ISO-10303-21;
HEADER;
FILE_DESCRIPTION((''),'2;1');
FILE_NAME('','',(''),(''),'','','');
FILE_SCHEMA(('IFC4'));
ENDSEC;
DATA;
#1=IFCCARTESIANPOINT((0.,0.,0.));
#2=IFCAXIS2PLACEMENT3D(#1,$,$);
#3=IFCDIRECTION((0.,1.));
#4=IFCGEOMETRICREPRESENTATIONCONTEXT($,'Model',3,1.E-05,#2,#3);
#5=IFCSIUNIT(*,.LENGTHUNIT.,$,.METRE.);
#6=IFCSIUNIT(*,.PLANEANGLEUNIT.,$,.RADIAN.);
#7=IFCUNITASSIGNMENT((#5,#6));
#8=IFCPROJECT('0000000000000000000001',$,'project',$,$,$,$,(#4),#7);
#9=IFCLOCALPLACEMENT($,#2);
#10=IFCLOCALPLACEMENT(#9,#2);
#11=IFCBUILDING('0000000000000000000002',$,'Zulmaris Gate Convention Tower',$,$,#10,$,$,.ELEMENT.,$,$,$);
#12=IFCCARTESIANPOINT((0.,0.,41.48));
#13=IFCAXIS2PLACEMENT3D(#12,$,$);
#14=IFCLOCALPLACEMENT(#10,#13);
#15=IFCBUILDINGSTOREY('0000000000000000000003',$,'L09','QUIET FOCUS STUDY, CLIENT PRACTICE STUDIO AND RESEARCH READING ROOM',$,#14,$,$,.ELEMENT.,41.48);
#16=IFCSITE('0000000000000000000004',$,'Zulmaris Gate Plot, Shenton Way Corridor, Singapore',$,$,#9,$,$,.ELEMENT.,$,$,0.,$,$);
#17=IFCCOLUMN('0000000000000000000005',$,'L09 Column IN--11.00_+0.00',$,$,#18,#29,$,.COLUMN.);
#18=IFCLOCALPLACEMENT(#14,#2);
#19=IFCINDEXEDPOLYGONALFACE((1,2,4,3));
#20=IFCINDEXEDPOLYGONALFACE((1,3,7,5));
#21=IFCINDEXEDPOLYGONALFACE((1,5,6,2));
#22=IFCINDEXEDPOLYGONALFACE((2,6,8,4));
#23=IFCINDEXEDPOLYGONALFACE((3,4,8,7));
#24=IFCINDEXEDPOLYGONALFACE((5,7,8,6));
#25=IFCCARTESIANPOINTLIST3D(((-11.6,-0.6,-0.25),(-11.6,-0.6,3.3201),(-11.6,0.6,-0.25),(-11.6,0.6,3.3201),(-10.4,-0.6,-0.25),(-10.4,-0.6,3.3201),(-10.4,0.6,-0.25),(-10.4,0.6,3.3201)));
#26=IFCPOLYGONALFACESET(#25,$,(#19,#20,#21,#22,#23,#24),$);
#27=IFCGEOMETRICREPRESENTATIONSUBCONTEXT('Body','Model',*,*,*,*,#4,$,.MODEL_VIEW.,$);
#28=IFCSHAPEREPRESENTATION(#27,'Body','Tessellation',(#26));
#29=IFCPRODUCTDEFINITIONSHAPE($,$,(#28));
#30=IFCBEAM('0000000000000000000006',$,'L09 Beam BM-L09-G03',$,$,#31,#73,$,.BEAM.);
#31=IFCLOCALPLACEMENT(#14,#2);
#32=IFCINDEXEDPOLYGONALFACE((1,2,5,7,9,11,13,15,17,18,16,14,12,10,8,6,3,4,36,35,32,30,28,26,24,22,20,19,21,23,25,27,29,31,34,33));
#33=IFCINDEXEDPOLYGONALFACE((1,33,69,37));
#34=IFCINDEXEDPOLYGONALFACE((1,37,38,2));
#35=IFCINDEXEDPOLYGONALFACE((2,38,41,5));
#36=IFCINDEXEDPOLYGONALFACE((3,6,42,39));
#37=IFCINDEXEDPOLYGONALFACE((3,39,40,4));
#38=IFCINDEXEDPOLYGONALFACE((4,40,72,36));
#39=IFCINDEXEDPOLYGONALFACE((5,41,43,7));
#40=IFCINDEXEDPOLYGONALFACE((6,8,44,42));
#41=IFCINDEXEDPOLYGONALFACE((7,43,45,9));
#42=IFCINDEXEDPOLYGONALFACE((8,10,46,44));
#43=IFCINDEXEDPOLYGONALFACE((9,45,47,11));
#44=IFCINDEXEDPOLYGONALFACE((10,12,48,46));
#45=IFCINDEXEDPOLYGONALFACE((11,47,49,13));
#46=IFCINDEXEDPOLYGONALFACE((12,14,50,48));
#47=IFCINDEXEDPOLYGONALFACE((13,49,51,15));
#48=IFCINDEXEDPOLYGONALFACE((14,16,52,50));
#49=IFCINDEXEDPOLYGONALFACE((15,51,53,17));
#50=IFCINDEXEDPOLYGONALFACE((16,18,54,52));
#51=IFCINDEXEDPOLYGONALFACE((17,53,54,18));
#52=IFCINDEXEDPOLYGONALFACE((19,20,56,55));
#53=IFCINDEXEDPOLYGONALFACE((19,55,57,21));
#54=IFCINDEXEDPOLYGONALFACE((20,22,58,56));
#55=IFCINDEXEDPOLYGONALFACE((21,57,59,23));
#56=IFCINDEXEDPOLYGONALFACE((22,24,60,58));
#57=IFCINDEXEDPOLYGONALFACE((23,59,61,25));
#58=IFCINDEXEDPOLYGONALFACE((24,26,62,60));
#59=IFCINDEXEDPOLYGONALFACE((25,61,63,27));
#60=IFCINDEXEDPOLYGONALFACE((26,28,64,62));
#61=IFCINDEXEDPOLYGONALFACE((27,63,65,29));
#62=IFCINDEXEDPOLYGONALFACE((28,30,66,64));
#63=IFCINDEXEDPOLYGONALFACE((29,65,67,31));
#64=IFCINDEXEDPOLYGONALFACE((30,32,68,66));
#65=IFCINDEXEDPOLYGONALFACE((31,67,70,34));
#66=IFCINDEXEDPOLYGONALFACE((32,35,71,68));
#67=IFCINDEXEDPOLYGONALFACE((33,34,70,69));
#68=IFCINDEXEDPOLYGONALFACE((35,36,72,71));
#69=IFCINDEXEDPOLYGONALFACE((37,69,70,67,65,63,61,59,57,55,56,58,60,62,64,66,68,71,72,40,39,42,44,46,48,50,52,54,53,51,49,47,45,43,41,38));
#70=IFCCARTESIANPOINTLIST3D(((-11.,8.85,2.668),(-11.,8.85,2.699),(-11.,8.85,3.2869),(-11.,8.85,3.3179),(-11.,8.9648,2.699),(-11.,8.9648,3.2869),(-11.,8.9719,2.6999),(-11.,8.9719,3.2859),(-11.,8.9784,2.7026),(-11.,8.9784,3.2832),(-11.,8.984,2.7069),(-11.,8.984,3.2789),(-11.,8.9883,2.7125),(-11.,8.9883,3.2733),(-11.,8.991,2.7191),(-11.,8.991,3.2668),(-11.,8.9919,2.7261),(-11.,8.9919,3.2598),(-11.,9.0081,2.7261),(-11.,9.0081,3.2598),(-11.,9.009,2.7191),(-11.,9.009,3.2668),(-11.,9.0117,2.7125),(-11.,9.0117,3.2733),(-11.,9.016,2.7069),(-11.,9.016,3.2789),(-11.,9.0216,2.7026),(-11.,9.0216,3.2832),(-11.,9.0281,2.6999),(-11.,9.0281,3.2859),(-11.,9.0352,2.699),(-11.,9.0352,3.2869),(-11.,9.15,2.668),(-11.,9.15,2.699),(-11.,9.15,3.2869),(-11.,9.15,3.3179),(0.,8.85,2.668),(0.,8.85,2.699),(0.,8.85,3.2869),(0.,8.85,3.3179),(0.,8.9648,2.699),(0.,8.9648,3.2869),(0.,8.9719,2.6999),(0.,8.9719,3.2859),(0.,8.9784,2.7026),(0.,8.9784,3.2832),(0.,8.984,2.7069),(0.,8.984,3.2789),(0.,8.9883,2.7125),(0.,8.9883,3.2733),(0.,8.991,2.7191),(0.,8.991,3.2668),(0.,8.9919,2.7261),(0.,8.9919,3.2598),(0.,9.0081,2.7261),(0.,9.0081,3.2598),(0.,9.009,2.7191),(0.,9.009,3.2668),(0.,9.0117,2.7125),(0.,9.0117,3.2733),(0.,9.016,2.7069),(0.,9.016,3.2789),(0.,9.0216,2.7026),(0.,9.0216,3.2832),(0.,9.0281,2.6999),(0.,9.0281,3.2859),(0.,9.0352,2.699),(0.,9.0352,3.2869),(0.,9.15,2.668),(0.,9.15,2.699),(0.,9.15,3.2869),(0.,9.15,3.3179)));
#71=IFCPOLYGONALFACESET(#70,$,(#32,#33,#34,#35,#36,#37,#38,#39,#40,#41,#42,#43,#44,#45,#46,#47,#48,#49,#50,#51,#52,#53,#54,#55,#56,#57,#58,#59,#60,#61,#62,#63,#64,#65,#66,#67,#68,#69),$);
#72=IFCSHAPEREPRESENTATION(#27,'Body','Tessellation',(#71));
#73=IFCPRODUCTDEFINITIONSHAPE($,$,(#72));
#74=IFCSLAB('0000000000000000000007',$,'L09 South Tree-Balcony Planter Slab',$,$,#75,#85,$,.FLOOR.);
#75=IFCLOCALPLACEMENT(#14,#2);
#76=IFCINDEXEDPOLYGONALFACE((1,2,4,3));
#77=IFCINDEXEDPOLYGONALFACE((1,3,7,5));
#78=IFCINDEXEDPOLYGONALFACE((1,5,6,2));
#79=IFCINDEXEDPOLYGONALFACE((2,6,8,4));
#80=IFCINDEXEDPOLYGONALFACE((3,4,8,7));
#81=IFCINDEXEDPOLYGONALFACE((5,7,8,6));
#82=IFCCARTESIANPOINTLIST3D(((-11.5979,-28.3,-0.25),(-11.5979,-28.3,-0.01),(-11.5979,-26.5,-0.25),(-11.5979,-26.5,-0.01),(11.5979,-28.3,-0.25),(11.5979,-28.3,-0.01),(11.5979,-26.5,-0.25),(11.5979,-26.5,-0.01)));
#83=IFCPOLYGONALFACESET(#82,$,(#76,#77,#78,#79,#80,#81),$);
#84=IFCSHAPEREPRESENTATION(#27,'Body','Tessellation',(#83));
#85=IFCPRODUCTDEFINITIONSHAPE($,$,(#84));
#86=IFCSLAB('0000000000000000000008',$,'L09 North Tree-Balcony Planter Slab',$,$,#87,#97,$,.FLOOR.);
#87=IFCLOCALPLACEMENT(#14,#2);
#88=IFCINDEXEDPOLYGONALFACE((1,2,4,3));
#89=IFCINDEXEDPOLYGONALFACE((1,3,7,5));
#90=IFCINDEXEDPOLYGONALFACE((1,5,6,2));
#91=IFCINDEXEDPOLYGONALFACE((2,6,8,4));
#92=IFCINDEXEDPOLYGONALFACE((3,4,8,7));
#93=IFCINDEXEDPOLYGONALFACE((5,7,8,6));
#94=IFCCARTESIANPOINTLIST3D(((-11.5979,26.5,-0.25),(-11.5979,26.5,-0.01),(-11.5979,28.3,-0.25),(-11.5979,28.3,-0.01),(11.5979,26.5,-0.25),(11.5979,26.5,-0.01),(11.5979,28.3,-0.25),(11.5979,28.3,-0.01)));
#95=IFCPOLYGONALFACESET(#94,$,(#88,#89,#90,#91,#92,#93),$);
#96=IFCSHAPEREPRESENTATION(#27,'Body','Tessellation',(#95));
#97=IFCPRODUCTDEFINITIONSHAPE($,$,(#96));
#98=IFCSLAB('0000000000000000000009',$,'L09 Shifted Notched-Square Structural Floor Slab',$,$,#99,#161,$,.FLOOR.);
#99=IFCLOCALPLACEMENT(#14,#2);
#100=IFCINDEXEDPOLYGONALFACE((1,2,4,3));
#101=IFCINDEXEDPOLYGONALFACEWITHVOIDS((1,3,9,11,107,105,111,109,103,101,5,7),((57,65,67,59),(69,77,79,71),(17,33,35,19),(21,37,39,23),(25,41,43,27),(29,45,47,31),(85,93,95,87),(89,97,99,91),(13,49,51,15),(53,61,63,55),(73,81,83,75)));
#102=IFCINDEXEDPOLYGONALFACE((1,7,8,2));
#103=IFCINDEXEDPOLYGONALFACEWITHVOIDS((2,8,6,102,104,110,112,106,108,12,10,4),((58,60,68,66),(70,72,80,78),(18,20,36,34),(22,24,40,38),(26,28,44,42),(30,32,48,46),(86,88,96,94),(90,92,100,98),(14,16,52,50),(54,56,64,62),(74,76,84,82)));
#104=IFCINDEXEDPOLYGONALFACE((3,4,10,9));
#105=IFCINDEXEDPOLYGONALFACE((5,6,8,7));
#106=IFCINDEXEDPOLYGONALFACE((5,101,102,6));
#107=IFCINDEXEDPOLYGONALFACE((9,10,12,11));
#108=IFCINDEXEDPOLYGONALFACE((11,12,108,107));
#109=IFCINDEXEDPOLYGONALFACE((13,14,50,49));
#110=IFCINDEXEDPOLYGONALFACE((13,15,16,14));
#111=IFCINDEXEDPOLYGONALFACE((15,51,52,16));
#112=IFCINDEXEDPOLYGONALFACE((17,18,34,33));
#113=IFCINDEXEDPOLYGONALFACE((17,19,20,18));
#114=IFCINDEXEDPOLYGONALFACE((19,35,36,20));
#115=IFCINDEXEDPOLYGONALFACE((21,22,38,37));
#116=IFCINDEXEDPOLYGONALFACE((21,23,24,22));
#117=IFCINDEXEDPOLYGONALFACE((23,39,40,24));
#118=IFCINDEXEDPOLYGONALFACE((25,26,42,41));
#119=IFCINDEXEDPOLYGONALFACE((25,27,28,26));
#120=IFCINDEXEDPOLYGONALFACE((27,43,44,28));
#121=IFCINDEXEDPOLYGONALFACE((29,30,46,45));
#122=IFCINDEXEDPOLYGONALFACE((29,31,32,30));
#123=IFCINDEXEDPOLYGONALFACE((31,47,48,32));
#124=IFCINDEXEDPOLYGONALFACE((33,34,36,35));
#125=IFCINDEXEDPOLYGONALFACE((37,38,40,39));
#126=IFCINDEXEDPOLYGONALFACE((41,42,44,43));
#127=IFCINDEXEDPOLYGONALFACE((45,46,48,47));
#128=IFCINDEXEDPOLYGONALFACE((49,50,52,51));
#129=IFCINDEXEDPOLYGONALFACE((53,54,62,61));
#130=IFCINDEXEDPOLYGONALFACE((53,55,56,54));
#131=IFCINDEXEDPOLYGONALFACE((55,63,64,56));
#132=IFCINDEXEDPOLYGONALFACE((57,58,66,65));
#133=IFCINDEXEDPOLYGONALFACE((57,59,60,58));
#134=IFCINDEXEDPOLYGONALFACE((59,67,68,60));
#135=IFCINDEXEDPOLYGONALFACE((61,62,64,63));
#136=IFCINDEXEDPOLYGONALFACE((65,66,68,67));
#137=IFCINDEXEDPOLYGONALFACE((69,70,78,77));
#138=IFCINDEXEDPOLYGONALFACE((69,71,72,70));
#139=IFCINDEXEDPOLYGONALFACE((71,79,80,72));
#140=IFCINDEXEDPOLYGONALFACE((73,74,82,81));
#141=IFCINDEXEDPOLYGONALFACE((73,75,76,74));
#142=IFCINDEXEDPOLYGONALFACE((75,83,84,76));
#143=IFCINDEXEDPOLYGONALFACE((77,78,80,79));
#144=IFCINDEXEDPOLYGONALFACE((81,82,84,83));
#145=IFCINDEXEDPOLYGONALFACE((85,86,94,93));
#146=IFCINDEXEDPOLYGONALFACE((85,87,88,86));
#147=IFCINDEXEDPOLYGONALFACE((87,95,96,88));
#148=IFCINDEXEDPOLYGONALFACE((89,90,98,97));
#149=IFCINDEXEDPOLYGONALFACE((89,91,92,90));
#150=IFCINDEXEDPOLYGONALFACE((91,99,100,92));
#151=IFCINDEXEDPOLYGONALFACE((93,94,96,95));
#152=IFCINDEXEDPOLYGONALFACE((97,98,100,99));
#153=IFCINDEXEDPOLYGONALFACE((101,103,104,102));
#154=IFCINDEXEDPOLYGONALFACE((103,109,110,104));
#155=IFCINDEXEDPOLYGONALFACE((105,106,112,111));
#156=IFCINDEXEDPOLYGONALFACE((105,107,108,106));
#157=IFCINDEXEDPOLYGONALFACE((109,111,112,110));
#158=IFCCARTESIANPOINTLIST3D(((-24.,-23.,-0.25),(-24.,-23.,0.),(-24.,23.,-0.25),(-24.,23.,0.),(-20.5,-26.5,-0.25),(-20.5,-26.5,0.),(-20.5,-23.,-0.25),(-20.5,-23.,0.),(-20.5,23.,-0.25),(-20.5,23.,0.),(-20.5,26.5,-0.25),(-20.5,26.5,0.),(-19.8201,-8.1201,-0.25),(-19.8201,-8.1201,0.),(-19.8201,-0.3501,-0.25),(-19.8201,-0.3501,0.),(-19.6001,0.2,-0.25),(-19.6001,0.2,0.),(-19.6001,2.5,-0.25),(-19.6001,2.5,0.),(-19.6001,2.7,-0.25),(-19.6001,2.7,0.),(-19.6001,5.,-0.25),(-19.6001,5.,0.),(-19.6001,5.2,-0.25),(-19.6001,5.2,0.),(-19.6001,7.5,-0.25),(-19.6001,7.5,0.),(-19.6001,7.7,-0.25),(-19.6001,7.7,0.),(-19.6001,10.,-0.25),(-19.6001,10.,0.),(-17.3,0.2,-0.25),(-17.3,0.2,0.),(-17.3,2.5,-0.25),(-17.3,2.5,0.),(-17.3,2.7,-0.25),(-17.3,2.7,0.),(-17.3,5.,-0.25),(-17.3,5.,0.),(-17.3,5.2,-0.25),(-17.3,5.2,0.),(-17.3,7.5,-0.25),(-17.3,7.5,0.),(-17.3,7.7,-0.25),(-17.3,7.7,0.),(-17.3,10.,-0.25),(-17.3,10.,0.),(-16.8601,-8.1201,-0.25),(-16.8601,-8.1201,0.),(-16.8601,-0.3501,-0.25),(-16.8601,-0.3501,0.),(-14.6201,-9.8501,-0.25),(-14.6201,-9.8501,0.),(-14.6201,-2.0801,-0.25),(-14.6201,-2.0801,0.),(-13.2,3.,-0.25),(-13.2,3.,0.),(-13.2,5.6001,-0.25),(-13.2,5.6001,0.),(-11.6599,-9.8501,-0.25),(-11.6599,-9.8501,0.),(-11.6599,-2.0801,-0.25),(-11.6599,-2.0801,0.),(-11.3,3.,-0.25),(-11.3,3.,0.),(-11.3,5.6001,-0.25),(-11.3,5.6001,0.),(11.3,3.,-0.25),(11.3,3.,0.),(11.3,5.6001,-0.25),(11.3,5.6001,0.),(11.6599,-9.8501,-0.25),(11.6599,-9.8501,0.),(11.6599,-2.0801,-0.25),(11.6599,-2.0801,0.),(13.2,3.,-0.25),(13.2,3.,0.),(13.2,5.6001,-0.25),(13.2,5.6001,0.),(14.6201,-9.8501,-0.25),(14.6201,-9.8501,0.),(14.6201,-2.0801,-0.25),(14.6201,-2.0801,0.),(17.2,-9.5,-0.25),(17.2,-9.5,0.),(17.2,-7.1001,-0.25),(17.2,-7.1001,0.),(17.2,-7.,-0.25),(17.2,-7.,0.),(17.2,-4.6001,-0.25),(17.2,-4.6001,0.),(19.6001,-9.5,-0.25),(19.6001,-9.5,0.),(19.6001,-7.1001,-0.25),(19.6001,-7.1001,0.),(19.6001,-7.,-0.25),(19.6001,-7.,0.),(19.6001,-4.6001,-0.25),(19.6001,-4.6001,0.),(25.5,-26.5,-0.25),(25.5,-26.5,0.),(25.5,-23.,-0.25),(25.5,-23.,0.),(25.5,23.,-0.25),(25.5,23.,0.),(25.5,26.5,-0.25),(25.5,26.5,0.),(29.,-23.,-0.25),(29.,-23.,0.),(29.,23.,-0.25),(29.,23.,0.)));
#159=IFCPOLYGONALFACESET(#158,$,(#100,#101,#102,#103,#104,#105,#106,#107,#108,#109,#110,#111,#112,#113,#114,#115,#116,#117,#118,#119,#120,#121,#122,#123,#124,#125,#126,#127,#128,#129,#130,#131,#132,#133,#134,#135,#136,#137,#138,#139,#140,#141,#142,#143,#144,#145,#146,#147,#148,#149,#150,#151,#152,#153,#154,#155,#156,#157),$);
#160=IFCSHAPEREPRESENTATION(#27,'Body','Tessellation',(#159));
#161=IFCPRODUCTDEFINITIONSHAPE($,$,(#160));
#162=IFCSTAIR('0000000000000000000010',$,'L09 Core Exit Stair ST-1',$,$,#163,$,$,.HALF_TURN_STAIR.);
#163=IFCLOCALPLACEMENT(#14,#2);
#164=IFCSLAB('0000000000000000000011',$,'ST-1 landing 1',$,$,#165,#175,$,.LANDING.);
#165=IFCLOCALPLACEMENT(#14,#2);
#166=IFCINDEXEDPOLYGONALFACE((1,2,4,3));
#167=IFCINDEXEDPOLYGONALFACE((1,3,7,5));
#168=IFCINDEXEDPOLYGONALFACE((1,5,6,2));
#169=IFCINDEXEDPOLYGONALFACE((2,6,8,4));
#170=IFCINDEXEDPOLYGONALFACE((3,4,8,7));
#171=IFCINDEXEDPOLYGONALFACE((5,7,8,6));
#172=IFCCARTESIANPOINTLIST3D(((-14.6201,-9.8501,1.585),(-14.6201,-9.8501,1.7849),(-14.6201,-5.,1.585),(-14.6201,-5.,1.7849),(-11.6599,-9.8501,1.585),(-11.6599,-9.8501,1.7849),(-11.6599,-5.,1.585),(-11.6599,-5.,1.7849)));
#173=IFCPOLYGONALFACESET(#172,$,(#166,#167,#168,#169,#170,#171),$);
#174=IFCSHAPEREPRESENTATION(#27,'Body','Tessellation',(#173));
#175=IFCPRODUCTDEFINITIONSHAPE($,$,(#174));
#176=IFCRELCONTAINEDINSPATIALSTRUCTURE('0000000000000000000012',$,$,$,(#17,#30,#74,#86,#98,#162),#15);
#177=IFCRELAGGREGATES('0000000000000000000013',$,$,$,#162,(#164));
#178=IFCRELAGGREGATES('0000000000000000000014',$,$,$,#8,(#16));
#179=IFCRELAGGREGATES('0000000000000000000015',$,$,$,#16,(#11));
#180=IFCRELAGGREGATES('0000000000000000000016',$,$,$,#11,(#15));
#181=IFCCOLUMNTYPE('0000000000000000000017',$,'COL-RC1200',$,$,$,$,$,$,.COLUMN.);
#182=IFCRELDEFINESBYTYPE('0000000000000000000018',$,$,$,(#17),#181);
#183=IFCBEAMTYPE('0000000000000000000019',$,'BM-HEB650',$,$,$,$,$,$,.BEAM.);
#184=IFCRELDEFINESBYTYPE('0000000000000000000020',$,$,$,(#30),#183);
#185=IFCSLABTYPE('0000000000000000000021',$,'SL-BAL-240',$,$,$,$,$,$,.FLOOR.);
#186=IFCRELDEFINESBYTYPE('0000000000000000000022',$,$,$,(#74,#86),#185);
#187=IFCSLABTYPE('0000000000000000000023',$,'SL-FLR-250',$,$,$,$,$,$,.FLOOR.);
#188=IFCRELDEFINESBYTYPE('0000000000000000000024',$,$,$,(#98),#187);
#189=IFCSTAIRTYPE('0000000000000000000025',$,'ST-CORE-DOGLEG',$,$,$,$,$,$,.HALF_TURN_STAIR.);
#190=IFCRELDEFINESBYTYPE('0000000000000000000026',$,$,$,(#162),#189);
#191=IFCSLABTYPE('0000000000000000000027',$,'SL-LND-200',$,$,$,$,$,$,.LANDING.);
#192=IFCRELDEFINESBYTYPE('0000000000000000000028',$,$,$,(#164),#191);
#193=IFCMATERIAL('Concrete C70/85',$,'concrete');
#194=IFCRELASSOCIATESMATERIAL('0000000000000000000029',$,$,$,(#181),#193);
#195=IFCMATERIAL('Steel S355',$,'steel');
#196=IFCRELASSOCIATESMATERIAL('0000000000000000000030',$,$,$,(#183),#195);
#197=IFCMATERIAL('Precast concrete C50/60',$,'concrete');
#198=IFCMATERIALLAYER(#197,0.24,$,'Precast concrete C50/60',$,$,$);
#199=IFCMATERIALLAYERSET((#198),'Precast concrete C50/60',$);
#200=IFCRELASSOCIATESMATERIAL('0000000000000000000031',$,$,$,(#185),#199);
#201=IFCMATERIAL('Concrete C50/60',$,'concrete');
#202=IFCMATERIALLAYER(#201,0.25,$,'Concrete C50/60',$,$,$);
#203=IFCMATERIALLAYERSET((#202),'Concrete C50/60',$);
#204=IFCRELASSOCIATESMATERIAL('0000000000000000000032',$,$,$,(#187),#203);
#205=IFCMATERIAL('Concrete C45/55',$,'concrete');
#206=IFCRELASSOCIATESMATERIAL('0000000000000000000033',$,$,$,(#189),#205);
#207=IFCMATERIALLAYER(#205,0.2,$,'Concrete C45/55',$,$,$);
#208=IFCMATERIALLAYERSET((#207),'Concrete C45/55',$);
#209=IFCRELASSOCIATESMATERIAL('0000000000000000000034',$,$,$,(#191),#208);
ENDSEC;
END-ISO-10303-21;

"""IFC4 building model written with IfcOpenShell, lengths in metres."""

from ifc_helpers import new_model, si_unit, direction, frame, origin, origin_2d, place, context, subcontext, project, spatial, polyline, rectangle, i_section, outline, extrude, material, layer, layer_set, material_profile, profile_set, type_object, element, aggregate, save


model = new_model("IFC4")

# Units and contexts
model_context = context("Model", 3, precision=1e-05, world=origin(), true_north=direction((0.0, 1.0)))
body_context = subcontext(model_context, "Body", "Model", "MODEL_VIEW")
ifc_project = project(units=[si_unit("LENGTHUNIT", "METRE"), si_unit("PLANEANGLEUNIT", "RADIAN")], contexts=[model_context])

# Site, building, storey
site_placement = place(None, origin())
site = spatial("IfcSite", under=ifc_project, at=site_placement, Name="Zulmaris Gate Plot, Shenton Way Corridor, Singapore", CompositionType="ELEMENT", RefElevation=0.0)
building_placement = place(site_placement, origin())
building = spatial("IfcBuilding", under=site, at=building_placement, Name="Zulmaris Gate Convention Tower", CompositionType="ELEMENT")
storey_placement = place(building_placement, frame((0.0, 0.0, 41.48)))
storey = spatial("IfcBuildingStorey", under=building, at=storey_placement, Name="L09", Description="QUIET FOCUS STUDY, CLIENT PRACTICE STUDIO AND RESEARCH READING ROOM", CompositionType="ELEMENT", Elevation=41.48)

# Column
ifc_material_1 = material(Name="Concrete C70/85", Category="concrete")
ifc_material_profile_1 = material_profile(ifc_material_1, rectangle(XDim=1.2, YDim=1.2, at=origin_2d()), Name="RC COL 1200x1200")
ifc_profile_set_1 = profile_set([ifc_material_profile_1], Name="Concrete C70/85")
column_type = type_object("IfcColumnType", Name="COL-RC1200", PredefinedType="COLUMN", material=ifc_profile_set_1)
column_placement = place(storey_placement, frame((-11.0, 0.0, -0.25), z_axis=(0.0, 0.0, 1.0), x_axis=(1.0, 0.0, 0.0)))
element("IfcColumn", 1, at=column_placement, inside=storey, type_object=column_type, Name="L09 Column IN--11.00_+0.00", PredefinedType="COLUMN", context=body_context, shape_type="SweptSolid", body=[
    extrude(rectangle(XDim=1.2, YDim=1.2, at=origin_2d()), origin(), (0.0, 0.0, 1.0), 3.5701),
])

# Beam
ifc_material_2 = material(Name="Steel S355", Category="steel")
ifc_material_profile_2 = material_profile(ifc_material_2, i_section(OverallWidth=0.3, OverallDepth=0.6499, WebThickness=0.0161, FlangeThickness=0.031, FilletRadius=0.0271, at=origin_2d()), Name="HEB 650")
ifc_profile_set_2 = profile_set([ifc_material_profile_2], Name="Steel S355")
beam_type = type_object("IfcBeamType", Name="BM-HEB650", PredefinedType="BEAM", material=ifc_profile_set_2)
beam_placement = place(storey_placement, frame((-11.0, 9.0, 2.9929), z_axis=(1.0, 0.0, 0.0), x_axis=(0.0, 1.0, 0.0)))
element("IfcBeam", 2, at=beam_placement, inside=storey, type_object=beam_type, Name="L09 Beam BM-L09-G03", PredefinedType="BEAM", context=body_context, shape_type="SweptSolid", body=[
    extrude(i_section(OverallWidth=0.3, OverallDepth=0.6499, WebThickness=0.0161, FlangeThickness=0.031, FilletRadius=0.0271, at=origin_2d()), origin(), (0.0, 0.0, 1.0), 11.0),
])

# Slabs
ifc_material_3 = material(Name="Precast concrete C50/60", Category="concrete")
ifc_layer_1 = layer(ifc_material_3, 0.24, Name="Precast concrete C50/60")
ifc_layer_set_1 = layer_set([ifc_layer_1], Name="Precast concrete C50/60")
slab_type_1 = type_object("IfcSlabType", Name="SL-BAL-240", PredefinedType="FLOOR", material=ifc_layer_set_1)
slab_1_placement = place(storey_placement, frame((0.0, 0.0, -0.25)))
element("IfcSlab", 3, at=slab_1_placement, inside=storey, type_object=slab_type_1, Name="L09 South Tree-Balcony Planter Slab", PredefinedType="FLOOR", context=body_context, shape_type="SweptSolid", body=[
    extrude(outline(polyline([(-11.5979, -28.3), (-11.5979, -26.5), (11.5979, -26.5), (11.5979, -28.3), (-11.5979, -28.3)])), origin(), (0.0, 0.0, 1.0), 0.24),
])
slab_2_placement = place(storey_placement, frame((0.0, 0.0, -0.25)))
element("IfcSlab", 4, at=slab_2_placement, inside=storey, type_object=slab_type_1, Name="L09 North Tree-Balcony Planter Slab", PredefinedType="FLOOR", context=body_context, shape_type="SweptSolid", body=[
    extrude(outline(polyline([(11.5979, 28.3), (11.5979, 26.5), (-11.5979, 26.5), (-11.5979, 28.3), (11.5979, 28.3)])), origin(), (0.0, 0.0, 1.0), 0.24),
])
ifc_material_4 = material(Name="Concrete C50/60", Category="concrete")
ifc_layer_2 = layer(ifc_material_4, 0.25, Name="Concrete C50/60")
ifc_layer_set_2 = layer_set([ifc_layer_2], Name="Concrete C50/60")
slab_type_2 = type_object("IfcSlabType", Name="SL-FLR-250", PredefinedType="FLOOR", material=ifc_layer_set_2)
slab_3_placement = place(storey_placement, frame((0.0, 0.0, -0.25)))
element("IfcSlab", 5, at=slab_3_placement, inside=storey, type_object=slab_type_2, Name="L09 Shifted Notched-Square Structural Floor Slab", PredefinedType="FLOOR", context=body_context, shape_type="SweptSolid", body=[
    extrude(outline(polyline([(-20.5, -26.5), (25.5, -26.5), (25.5, -23.0), (29.0, -23.0), (29.0, 23.0), (25.5, 23.0), (25.5, 26.5), (-20.5, 26.5), (-20.5, 23.0), (-24.0, 23.0), (-24.0, -23.0), (-20.5, -23.0), (-20.5, -26.5)]), holes=[polyline([(-14.6201, -2.0801), (-14.6201, -9.8501), (-11.6599, -9.8501), (-11.6599, -2.0801), (-14.6201, -2.0801)]), polyline([(11.6599, -2.0801), (11.6599, -9.8501), (14.6201, -9.8501), (14.6201, -2.0801), (11.6599, -2.0801)]), polyline([(-16.8601, -8.1201), (-16.8601, -0.3501), (-19.8201, -0.3501), (-19.8201, -8.1201), (-16.8601, -8.1201)]), polyline([(-13.2, 3.0), (-11.3, 3.0), (-11.3, 5.6001), (-13.2, 5.6001), (-13.2, 3.0)]), polyline([(11.3, 3.0), (13.2, 3.0), (13.2, 5.6001), (11.3, 5.6001), (11.3, 3.0)]), polyline([(-19.6001, 0.2), (-17.3, 0.2), (-17.3, 2.5), (-19.6001, 2.5), (-19.6001, 0.2)]), polyline([(-19.6001, 2.7), (-17.3, 2.7), (-17.3, 5.0), (-19.6001, 5.0), (-19.6001, 2.7)]), polyline([(-19.6001, 5.2), (-17.3, 5.2), (-17.3, 7.5), (-19.6001, 7.5), (-19.6001, 5.2)]), polyline([(-19.6001, 7.7), (-17.3, 7.7), (-17.3, 10.0), (-19.6001, 10.0), (-19.6001, 7.7)]), polyline([(17.2, -9.5), (19.6001, -9.5), (19.6001, -7.1001), (17.2, -7.1001), (17.2, -9.5)]), polyline([(17.2, -7.0), (19.6001, -7.0), (19.6001, -4.6001), (17.2, -4.6001), (17.2, -7.0)])]), origin(), (0.0, 0.0, 1.0), 0.25),
])

# Stair, slab
ifc_material_5 = material(Name="Concrete C45/55", Category="concrete")
stair_type = type_object("IfcStairType", Name="ST-CORE-DOGLEG", PredefinedType="HALF_TURN_STAIR", material=ifc_material_5)
stair_1_placement = place(storey_placement, origin())
stair_1 = element("IfcStair", 6, at=stair_1_placement, inside=storey, type_object=stair_type, Name="L09 Core Exit Stair ST-1", PredefinedType="HALF_TURN_STAIR")
ifc_layer_3 = layer(ifc_material_5, 0.2, Name="Concrete C45/55")
ifc_layer_set_3 = layer_set([ifc_layer_3], Name="Concrete C45/55")
slab_type_3 = type_object("IfcSlabType", Name="SL-LND-200", PredefinedType="LANDING", material=ifc_layer_set_3)
slab_4_placement = place(storey_placement, frame((0.0, 0.0, 1.585)))
slab_4 = element("IfcSlab", 7, at=slab_4_placement, type_object=slab_type_3, Name="ST-1 landing 1", PredefinedType="LANDING", context=body_context, shape_type="SweptSolid", body=[
    extrude(outline(polyline([(-14.6201, -5.0), (-14.6201, -9.8501), (-11.6599, -9.8501), (-11.6599, -5.0), (-14.6201, -5.0)])), origin(), (0.0, 0.0, 1.0), 0.2),
])
aggregate(stair_1, [slab_4])

save(model, "model.ifc")
